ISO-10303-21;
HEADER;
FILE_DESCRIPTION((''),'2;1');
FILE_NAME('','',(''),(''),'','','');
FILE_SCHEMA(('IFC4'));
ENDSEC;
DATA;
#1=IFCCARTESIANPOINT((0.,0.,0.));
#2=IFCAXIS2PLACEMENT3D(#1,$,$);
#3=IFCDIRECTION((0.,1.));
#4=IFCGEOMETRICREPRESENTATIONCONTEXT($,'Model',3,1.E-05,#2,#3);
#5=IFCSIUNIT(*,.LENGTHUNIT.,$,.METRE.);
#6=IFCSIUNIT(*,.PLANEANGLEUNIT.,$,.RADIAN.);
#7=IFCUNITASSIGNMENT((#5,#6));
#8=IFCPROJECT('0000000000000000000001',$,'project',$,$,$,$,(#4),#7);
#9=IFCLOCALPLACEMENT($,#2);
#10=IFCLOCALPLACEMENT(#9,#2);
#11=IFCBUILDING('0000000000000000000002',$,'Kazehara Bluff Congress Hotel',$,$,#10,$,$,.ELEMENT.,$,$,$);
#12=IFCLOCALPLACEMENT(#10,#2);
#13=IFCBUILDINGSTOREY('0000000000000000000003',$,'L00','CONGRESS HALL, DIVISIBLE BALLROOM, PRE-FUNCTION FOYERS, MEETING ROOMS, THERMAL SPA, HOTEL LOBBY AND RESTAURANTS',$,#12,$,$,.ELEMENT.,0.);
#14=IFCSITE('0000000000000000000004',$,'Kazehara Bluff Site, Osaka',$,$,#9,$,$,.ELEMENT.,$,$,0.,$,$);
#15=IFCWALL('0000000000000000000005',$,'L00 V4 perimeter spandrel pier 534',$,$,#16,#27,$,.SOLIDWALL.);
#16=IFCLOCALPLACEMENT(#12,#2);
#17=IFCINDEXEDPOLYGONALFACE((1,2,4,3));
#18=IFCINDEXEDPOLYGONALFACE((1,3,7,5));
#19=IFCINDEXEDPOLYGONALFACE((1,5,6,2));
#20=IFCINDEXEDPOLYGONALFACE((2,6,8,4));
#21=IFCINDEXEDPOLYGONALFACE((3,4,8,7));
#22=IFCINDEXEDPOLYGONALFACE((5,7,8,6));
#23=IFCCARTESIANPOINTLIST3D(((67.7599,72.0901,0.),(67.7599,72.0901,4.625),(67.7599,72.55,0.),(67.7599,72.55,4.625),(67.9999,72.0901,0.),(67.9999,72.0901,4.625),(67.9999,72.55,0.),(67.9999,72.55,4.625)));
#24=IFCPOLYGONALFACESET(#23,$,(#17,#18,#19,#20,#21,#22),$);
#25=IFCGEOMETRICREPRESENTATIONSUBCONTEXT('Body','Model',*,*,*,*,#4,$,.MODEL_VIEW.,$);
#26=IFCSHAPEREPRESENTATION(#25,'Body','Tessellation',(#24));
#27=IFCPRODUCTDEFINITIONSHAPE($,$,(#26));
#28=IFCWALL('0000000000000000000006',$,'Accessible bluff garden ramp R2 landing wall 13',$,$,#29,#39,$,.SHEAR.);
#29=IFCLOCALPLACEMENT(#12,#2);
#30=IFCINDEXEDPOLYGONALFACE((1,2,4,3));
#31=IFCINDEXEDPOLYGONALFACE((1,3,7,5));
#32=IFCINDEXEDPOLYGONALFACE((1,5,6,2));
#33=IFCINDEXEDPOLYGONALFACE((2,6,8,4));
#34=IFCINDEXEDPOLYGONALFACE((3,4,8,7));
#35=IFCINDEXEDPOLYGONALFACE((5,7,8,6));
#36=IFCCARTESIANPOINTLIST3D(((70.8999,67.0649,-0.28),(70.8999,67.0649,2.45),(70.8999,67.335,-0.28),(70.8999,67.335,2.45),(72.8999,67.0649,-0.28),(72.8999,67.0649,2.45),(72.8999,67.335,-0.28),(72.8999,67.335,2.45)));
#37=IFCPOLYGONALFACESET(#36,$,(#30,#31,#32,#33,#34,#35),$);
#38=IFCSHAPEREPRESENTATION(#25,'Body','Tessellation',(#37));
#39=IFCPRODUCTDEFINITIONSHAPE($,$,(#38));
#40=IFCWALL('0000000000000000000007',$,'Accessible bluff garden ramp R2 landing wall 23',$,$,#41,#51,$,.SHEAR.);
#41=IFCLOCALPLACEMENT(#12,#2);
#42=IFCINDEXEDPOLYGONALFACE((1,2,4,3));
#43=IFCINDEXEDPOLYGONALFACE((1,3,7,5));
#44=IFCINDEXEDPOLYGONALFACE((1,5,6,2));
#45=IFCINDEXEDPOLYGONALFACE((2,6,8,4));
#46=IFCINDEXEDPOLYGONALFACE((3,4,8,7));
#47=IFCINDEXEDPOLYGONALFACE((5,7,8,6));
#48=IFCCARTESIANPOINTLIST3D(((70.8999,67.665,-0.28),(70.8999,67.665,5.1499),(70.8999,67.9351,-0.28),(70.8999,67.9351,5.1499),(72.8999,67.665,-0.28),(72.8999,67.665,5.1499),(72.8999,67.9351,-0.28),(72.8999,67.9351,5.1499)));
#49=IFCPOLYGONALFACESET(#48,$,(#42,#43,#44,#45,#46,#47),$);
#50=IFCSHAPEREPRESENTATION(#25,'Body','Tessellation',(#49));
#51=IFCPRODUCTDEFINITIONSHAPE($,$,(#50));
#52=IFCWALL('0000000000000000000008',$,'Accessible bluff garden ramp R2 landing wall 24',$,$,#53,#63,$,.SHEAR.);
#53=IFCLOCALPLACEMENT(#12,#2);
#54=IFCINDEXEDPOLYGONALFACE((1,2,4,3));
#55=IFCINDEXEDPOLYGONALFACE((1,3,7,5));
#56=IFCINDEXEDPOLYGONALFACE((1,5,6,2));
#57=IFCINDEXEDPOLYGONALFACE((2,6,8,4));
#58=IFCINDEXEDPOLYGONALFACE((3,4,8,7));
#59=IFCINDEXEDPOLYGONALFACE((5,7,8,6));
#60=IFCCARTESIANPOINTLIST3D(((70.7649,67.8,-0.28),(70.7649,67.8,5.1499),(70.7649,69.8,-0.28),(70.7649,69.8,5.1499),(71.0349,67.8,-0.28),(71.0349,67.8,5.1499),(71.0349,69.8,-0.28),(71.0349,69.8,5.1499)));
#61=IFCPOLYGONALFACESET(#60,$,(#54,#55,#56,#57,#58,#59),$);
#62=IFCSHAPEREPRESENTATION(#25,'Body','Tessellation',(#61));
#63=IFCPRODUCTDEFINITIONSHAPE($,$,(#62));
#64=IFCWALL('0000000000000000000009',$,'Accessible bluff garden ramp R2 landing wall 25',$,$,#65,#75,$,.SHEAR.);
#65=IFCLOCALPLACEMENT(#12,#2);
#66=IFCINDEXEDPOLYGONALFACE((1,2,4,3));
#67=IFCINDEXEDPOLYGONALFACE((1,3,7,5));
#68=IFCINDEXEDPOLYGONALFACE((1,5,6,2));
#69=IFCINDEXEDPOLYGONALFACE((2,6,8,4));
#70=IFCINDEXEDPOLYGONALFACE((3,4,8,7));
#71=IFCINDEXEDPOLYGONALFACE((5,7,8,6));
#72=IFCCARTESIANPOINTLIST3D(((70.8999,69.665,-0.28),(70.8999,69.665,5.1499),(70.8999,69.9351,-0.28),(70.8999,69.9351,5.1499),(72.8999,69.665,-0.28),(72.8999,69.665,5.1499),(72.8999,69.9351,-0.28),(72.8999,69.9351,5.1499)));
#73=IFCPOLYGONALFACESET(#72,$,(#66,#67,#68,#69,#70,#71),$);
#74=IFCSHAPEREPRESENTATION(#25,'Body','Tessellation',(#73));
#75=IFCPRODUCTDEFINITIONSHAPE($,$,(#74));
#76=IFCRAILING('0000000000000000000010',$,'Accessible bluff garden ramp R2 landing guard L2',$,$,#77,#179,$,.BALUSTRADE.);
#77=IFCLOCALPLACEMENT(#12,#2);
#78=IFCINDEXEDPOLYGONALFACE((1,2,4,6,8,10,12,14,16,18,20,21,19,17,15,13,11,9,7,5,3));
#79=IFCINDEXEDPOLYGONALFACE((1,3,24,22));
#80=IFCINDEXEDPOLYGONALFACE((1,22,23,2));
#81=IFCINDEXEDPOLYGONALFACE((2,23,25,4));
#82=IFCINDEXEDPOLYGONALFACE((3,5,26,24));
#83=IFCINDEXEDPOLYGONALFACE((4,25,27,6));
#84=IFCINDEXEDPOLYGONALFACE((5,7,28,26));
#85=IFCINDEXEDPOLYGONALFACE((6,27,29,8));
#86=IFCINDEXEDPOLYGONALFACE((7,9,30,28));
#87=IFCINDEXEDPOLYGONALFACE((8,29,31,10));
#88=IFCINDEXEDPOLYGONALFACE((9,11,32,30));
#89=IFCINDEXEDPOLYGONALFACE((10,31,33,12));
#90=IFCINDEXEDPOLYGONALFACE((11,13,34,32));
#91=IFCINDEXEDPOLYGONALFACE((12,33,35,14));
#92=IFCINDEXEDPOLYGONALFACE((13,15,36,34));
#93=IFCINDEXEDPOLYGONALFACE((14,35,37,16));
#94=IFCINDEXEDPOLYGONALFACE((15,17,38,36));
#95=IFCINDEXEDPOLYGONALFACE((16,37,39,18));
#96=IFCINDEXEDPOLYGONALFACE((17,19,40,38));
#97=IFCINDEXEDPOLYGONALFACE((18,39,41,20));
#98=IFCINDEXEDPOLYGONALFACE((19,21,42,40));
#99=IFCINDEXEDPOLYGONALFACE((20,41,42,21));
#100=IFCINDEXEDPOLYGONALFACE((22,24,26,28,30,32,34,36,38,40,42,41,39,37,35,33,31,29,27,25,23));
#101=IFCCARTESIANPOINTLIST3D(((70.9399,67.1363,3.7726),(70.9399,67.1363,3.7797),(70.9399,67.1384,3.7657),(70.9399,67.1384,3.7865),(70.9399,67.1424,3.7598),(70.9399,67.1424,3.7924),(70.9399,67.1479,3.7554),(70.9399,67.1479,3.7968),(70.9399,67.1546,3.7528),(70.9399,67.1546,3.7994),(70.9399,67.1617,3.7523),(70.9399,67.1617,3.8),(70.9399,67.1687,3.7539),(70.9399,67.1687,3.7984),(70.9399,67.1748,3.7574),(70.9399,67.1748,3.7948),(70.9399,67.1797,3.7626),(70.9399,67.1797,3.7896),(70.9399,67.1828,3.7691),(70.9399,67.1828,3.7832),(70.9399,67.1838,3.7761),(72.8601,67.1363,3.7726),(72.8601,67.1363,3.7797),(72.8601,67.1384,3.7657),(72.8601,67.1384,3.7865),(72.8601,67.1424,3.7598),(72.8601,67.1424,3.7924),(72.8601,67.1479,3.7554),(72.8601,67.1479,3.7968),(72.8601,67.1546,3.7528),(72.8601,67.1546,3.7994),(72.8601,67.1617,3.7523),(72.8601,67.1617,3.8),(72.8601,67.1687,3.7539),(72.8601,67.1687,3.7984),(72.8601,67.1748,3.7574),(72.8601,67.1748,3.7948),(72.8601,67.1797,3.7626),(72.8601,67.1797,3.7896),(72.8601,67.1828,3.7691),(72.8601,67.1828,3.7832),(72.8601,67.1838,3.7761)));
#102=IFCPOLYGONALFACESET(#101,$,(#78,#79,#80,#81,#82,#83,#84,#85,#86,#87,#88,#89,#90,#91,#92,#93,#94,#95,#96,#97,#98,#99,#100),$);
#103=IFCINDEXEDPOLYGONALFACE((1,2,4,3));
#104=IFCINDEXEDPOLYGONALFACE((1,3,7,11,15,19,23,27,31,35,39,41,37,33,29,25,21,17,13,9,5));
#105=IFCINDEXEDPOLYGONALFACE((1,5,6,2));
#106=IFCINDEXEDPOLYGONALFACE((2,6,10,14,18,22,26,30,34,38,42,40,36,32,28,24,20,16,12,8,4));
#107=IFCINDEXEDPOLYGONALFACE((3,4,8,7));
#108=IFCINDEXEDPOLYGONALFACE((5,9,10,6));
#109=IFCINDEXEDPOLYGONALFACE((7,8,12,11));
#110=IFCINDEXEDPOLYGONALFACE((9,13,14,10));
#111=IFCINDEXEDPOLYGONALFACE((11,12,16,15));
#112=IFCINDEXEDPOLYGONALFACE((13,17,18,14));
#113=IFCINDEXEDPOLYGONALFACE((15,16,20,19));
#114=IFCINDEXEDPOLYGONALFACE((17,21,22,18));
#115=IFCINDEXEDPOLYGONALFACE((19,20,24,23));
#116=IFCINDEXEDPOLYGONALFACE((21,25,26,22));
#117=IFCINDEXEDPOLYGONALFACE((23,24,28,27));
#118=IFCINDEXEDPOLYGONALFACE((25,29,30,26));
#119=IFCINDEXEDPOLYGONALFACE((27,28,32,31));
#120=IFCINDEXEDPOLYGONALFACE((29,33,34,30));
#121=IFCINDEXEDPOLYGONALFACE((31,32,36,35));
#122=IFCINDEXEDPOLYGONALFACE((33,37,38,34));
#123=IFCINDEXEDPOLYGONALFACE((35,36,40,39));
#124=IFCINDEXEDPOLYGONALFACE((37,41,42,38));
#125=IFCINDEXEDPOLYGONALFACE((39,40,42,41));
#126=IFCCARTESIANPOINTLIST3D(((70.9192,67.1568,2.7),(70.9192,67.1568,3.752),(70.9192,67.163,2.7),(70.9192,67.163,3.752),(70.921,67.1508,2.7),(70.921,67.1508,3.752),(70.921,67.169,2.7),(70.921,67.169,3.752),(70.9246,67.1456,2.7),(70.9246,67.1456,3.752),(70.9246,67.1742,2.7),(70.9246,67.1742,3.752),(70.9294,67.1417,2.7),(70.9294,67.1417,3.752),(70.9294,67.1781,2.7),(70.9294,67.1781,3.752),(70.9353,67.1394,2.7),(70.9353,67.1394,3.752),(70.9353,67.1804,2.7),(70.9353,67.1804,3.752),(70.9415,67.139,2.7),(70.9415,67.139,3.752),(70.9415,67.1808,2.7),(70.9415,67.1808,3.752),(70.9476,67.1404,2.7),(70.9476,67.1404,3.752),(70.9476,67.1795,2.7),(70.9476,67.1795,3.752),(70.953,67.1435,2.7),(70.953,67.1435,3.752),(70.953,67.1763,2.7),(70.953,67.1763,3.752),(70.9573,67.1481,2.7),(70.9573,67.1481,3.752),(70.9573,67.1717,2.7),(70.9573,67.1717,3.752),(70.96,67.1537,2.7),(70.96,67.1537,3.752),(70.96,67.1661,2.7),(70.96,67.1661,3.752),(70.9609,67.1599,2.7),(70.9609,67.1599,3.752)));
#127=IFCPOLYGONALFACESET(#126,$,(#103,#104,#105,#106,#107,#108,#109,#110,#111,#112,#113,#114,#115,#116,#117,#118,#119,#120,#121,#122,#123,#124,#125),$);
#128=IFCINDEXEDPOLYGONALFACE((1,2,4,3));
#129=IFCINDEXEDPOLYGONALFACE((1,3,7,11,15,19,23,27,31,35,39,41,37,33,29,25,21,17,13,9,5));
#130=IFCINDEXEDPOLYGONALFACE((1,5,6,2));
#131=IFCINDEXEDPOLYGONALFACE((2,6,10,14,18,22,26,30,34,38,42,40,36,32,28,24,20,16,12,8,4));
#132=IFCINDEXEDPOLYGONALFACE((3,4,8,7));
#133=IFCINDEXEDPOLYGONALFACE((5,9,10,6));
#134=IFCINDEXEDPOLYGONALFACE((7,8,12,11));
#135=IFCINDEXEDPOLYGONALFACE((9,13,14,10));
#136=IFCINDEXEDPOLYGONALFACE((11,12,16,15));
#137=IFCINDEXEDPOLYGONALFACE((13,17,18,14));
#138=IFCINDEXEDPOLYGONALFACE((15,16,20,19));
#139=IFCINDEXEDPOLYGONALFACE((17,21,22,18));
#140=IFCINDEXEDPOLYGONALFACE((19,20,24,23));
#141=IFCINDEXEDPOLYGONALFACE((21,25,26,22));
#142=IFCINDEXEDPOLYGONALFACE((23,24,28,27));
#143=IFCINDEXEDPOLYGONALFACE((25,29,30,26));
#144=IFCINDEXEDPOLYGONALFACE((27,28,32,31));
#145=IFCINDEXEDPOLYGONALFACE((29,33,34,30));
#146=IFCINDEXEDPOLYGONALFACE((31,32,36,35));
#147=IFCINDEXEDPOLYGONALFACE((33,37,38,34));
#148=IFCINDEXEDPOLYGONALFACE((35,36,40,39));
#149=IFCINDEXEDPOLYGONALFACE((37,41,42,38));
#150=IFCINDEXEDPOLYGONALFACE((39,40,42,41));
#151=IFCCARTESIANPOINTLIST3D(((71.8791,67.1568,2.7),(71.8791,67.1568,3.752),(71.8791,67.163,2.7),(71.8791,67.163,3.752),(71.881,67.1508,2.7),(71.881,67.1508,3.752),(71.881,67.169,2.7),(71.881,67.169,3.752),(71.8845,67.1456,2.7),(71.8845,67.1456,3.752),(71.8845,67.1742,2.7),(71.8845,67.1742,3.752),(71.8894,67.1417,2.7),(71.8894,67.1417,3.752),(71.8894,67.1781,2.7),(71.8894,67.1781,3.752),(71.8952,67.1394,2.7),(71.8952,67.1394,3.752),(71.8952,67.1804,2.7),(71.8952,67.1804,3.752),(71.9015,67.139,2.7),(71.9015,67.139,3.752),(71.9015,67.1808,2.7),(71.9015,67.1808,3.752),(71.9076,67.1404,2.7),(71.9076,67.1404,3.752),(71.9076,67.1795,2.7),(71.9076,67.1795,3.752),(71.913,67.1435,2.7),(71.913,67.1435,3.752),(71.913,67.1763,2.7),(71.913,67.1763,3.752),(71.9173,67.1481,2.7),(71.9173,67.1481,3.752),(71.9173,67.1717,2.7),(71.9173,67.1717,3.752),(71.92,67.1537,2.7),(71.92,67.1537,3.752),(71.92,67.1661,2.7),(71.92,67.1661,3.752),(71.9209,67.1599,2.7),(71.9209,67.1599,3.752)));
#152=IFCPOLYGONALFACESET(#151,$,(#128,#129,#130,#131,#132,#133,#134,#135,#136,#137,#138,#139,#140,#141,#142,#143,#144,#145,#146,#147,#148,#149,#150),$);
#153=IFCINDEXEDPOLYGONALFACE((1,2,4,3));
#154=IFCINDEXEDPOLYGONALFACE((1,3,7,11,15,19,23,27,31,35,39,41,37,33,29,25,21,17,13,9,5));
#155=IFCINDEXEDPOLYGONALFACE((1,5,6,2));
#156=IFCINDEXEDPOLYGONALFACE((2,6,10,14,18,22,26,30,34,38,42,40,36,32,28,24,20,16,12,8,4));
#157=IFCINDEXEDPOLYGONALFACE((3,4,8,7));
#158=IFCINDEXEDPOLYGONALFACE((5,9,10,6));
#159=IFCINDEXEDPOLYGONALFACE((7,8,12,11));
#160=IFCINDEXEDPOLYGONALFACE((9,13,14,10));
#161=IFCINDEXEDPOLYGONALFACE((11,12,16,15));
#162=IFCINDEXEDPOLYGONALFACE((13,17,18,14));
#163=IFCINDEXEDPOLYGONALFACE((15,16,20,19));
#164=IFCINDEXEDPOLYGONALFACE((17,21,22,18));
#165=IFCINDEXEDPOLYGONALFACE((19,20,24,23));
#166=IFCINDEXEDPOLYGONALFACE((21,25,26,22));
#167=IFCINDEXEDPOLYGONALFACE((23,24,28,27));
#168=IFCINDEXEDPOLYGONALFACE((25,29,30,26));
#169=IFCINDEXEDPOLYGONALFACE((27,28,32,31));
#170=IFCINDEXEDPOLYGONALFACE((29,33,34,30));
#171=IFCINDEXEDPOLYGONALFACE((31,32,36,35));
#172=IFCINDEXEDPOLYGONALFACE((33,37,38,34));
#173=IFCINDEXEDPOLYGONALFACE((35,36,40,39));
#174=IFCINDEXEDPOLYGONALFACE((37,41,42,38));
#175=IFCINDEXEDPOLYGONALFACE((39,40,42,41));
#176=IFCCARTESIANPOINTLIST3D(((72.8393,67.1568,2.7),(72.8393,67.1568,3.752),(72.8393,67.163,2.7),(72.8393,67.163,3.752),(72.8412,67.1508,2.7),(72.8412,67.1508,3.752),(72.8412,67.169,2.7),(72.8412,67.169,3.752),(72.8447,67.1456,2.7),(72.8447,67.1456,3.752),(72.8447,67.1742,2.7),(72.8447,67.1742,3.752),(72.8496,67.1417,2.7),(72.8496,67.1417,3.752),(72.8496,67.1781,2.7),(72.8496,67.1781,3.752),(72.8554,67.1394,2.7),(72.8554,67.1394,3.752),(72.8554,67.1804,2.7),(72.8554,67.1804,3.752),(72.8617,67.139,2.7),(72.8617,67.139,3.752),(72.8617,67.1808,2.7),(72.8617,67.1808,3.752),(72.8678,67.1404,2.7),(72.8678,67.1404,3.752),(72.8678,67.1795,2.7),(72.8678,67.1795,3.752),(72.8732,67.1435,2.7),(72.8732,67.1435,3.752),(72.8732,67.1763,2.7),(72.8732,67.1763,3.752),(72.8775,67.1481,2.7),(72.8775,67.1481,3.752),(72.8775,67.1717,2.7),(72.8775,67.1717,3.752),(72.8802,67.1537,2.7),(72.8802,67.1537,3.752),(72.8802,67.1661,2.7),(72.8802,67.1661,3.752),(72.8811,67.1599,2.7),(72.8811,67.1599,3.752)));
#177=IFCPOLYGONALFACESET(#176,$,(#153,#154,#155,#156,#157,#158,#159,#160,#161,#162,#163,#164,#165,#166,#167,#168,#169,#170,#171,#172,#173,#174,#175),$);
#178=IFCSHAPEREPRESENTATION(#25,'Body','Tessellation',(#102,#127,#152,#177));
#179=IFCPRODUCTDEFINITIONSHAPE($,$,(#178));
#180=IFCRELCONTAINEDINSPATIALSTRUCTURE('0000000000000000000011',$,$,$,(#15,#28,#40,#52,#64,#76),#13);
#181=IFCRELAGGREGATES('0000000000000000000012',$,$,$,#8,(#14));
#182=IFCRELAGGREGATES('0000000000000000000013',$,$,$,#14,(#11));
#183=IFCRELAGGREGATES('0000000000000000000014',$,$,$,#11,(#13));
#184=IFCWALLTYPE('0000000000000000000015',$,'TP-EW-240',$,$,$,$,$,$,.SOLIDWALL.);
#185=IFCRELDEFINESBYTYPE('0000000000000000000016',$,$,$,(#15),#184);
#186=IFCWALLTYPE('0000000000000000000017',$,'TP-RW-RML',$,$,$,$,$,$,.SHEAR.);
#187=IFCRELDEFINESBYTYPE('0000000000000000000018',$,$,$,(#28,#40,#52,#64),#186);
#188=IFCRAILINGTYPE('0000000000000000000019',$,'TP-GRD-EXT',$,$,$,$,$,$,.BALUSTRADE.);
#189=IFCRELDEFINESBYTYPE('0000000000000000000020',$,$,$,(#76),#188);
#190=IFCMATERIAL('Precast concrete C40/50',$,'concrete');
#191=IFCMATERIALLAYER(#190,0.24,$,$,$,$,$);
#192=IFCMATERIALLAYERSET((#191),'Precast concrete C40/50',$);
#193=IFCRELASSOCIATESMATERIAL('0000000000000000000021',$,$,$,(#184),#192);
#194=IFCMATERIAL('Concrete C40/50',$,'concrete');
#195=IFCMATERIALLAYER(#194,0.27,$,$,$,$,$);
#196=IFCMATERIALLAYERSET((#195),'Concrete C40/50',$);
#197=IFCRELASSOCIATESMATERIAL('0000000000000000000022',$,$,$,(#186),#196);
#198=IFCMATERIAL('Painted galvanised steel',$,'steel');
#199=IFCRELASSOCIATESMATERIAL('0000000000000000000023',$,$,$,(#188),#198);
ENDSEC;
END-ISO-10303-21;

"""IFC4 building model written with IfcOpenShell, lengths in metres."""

from ifc_helpers import new_model, si_unit, direction, frame, frame_2d, origin, origin_2d, place, context, subcontext, project, spatial, rectangle, circle, extrude, material, layer, layer_set, type_object, element, save


model = new_model("IFC4")

# Units and contexts
model_context = context("Model", 3, precision=1e-05, world=origin(), true_north=direction((0.0, 1.0)))
body_context = subcontext(model_context, "Body", "Model", "MODEL_VIEW")
ifc_project = project(units=[si_unit("LENGTHUNIT", "METRE"), si_unit("PLANEANGLEUNIT", "RADIAN")], contexts=[model_context])

# Site, building, storey
site_placement = place(None, origin())
site = spatial("IfcSite", under=ifc_project, at=site_placement, Name="Kazehara Bluff Site, Osaka", CompositionType="ELEMENT", RefElevation=0.0)
building_placement = place(site_placement, origin())
building = spatial("IfcBuilding", under=site, at=building_placement, Name="Kazehara Bluff Congress Hotel", CompositionType="ELEMENT")
storey_placement = place(building_placement, origin())
storey = spatial("IfcBuildingStorey", under=building, at=storey_placement, Name="L00", Description="CONGRESS HALL, DIVISIBLE BALLROOM, PRE-FUNCTION FOYERS, MEETING ROOMS, THERMAL SPA, HOTEL LOBBY AND RESTAURANTS", CompositionType="ELEMENT", Elevation=0.0)

# Walls
ifc_material_1 = material(Name="Precast concrete C40/50", Category="concrete")
ifc_layer_1 = layer(ifc_material_1, 0.24)
ifc_layer_set_1 = layer_set([ifc_layer_1], Name="Precast concrete C40/50")
wall_type_1 = type_object("IfcWallType", Name="TP-EW-240", PredefinedType="SOLIDWALL", material=ifc_layer_set_1)
wall_1_placement = place(storey_placement, frame((67.8799, 72.55, 0.0), z_axis=(0.0, 0.0, 1.0), x_axis=(0.0, -1.0, 0.0)))
element("IfcWall", 1, at=wall_1_placement, inside=storey, type_object=wall_type_1, Name="L00 V4 perimeter spandrel pier 534", PredefinedType="SOLIDWALL", context=body_context, shape_type="SweptSolid", body=[
    extrude(rectangle(XDim=0.46, YDim=0.24, at=frame_2d((0.23, 0.0))), origin(), (0.0, 0.0, 1.0), 4.625),
])
ifc_material_2 = material(Name="Concrete C40/50", Category="concrete")
ifc_layer_2 = layer(ifc_material_2, 0.27)
ifc_layer_set_2 = layer_set([ifc_layer_2], Name="Concrete C40/50")
wall_type_2 = type_object("IfcWallType", Name="TP-RW-RML", PredefinedType="SHEAR", material=ifc_layer_set_2)
wall_2_placement = place(storey_placement, frame((70.8999, 67.2, -0.28), z_axis=(0.0, 0.0, 1.0), x_axis=(1.0, 0.0, 0.0)))
element("IfcWall", 2, at=wall_2_placement, inside=storey, type_object=wall_type_2, Name="Accessible bluff garden ramp R2 landing wall 13", PredefinedType="SHEAR", context=body_context, shape_type="SweptSolid", body=[
    extrude(rectangle(XDim=2.0, YDim=0.27, at=frame_2d((1.0, 0.0))), origin(), (0.0, 0.0, 1.0), 2.73),
])
for number, where, z_axis, x_axis, name in (
    (3, (70.8999, 67.8, -0.28), (0.0, 0.0, 1.0), (1.0, 0.0, 0.0), "Accessible bluff garden ramp R2 landing wall 23"),
    (4, (70.8999, 67.8, -0.28), (0.0, 0.0, 1.0), (0.0, 1.0, 0.0), "Accessible bluff garden ramp R2 landing wall 24"),
    (5, (70.8999, 69.8, -0.28), (0.0, 0.0, 1.0), (1.0, 0.0, 0.0), "Accessible bluff garden ramp R2 landing wall 25"),
):
    element("IfcWall", number, at=place(storey_placement, frame(where, z_axis=z_axis, x_axis=x_axis)), inside=storey, type_object=wall_type_2, Name=name, PredefinedType="SHEAR", context=body_context, shape_type="SweptSolid", body=[
        extrude(rectangle(XDim=2.0, YDim=0.27, at=frame_2d((1.0, 0.0))), origin(), (0.0, 0.0, 1.0), 5.4299),
    ])

# Railing
ifc_material_3 = material(Name="Painted galvanised steel", Category="steel")
railing_type = type_object("IfcRailingType", Name="TP-GRD-EXT", PredefinedType="BALUSTRADE", material=ifc_material_3)
for number, where, name in (
    (6, (70.9399, 67.1599, 2.7), "Accessible bluff garden ramp R2 landing guard L2"),
):
    element("IfcRailing", number, at=place(storey_placement, frame(where)), inside=storey, type_object=railing_type, Name=name, PredefinedType="BALUSTRADE", context=body_context, shape_type="SweptSolid", body=[
        extrude(circle(Radius=0.0239, at=origin_2d()), frame((0.0, 0.0, 1.0762), z_axis=(1.0, 0.0, 0.0), x_axis=(0.0, 1.0, 0.0)), (0.0, 0.0, 1.0), 1.9202),
        extrude(circle(Radius=0.021, at=origin_2d()), origin(), (0.0, 0.0, 1.0), 1.052),
        extrude(circle(Radius=0.021, at=origin_2d()), frame((0.96, 0.0, 0.0)), (0.0, 0.0, 1.0), 1.052),
        extrude(circle(Radius=0.021, at=origin_2d()), frame((1.9202, 0.0, 0.0)), (0.0, 0.0, 1.0), 1.052),
    ])

save(model, "model.ifc")
